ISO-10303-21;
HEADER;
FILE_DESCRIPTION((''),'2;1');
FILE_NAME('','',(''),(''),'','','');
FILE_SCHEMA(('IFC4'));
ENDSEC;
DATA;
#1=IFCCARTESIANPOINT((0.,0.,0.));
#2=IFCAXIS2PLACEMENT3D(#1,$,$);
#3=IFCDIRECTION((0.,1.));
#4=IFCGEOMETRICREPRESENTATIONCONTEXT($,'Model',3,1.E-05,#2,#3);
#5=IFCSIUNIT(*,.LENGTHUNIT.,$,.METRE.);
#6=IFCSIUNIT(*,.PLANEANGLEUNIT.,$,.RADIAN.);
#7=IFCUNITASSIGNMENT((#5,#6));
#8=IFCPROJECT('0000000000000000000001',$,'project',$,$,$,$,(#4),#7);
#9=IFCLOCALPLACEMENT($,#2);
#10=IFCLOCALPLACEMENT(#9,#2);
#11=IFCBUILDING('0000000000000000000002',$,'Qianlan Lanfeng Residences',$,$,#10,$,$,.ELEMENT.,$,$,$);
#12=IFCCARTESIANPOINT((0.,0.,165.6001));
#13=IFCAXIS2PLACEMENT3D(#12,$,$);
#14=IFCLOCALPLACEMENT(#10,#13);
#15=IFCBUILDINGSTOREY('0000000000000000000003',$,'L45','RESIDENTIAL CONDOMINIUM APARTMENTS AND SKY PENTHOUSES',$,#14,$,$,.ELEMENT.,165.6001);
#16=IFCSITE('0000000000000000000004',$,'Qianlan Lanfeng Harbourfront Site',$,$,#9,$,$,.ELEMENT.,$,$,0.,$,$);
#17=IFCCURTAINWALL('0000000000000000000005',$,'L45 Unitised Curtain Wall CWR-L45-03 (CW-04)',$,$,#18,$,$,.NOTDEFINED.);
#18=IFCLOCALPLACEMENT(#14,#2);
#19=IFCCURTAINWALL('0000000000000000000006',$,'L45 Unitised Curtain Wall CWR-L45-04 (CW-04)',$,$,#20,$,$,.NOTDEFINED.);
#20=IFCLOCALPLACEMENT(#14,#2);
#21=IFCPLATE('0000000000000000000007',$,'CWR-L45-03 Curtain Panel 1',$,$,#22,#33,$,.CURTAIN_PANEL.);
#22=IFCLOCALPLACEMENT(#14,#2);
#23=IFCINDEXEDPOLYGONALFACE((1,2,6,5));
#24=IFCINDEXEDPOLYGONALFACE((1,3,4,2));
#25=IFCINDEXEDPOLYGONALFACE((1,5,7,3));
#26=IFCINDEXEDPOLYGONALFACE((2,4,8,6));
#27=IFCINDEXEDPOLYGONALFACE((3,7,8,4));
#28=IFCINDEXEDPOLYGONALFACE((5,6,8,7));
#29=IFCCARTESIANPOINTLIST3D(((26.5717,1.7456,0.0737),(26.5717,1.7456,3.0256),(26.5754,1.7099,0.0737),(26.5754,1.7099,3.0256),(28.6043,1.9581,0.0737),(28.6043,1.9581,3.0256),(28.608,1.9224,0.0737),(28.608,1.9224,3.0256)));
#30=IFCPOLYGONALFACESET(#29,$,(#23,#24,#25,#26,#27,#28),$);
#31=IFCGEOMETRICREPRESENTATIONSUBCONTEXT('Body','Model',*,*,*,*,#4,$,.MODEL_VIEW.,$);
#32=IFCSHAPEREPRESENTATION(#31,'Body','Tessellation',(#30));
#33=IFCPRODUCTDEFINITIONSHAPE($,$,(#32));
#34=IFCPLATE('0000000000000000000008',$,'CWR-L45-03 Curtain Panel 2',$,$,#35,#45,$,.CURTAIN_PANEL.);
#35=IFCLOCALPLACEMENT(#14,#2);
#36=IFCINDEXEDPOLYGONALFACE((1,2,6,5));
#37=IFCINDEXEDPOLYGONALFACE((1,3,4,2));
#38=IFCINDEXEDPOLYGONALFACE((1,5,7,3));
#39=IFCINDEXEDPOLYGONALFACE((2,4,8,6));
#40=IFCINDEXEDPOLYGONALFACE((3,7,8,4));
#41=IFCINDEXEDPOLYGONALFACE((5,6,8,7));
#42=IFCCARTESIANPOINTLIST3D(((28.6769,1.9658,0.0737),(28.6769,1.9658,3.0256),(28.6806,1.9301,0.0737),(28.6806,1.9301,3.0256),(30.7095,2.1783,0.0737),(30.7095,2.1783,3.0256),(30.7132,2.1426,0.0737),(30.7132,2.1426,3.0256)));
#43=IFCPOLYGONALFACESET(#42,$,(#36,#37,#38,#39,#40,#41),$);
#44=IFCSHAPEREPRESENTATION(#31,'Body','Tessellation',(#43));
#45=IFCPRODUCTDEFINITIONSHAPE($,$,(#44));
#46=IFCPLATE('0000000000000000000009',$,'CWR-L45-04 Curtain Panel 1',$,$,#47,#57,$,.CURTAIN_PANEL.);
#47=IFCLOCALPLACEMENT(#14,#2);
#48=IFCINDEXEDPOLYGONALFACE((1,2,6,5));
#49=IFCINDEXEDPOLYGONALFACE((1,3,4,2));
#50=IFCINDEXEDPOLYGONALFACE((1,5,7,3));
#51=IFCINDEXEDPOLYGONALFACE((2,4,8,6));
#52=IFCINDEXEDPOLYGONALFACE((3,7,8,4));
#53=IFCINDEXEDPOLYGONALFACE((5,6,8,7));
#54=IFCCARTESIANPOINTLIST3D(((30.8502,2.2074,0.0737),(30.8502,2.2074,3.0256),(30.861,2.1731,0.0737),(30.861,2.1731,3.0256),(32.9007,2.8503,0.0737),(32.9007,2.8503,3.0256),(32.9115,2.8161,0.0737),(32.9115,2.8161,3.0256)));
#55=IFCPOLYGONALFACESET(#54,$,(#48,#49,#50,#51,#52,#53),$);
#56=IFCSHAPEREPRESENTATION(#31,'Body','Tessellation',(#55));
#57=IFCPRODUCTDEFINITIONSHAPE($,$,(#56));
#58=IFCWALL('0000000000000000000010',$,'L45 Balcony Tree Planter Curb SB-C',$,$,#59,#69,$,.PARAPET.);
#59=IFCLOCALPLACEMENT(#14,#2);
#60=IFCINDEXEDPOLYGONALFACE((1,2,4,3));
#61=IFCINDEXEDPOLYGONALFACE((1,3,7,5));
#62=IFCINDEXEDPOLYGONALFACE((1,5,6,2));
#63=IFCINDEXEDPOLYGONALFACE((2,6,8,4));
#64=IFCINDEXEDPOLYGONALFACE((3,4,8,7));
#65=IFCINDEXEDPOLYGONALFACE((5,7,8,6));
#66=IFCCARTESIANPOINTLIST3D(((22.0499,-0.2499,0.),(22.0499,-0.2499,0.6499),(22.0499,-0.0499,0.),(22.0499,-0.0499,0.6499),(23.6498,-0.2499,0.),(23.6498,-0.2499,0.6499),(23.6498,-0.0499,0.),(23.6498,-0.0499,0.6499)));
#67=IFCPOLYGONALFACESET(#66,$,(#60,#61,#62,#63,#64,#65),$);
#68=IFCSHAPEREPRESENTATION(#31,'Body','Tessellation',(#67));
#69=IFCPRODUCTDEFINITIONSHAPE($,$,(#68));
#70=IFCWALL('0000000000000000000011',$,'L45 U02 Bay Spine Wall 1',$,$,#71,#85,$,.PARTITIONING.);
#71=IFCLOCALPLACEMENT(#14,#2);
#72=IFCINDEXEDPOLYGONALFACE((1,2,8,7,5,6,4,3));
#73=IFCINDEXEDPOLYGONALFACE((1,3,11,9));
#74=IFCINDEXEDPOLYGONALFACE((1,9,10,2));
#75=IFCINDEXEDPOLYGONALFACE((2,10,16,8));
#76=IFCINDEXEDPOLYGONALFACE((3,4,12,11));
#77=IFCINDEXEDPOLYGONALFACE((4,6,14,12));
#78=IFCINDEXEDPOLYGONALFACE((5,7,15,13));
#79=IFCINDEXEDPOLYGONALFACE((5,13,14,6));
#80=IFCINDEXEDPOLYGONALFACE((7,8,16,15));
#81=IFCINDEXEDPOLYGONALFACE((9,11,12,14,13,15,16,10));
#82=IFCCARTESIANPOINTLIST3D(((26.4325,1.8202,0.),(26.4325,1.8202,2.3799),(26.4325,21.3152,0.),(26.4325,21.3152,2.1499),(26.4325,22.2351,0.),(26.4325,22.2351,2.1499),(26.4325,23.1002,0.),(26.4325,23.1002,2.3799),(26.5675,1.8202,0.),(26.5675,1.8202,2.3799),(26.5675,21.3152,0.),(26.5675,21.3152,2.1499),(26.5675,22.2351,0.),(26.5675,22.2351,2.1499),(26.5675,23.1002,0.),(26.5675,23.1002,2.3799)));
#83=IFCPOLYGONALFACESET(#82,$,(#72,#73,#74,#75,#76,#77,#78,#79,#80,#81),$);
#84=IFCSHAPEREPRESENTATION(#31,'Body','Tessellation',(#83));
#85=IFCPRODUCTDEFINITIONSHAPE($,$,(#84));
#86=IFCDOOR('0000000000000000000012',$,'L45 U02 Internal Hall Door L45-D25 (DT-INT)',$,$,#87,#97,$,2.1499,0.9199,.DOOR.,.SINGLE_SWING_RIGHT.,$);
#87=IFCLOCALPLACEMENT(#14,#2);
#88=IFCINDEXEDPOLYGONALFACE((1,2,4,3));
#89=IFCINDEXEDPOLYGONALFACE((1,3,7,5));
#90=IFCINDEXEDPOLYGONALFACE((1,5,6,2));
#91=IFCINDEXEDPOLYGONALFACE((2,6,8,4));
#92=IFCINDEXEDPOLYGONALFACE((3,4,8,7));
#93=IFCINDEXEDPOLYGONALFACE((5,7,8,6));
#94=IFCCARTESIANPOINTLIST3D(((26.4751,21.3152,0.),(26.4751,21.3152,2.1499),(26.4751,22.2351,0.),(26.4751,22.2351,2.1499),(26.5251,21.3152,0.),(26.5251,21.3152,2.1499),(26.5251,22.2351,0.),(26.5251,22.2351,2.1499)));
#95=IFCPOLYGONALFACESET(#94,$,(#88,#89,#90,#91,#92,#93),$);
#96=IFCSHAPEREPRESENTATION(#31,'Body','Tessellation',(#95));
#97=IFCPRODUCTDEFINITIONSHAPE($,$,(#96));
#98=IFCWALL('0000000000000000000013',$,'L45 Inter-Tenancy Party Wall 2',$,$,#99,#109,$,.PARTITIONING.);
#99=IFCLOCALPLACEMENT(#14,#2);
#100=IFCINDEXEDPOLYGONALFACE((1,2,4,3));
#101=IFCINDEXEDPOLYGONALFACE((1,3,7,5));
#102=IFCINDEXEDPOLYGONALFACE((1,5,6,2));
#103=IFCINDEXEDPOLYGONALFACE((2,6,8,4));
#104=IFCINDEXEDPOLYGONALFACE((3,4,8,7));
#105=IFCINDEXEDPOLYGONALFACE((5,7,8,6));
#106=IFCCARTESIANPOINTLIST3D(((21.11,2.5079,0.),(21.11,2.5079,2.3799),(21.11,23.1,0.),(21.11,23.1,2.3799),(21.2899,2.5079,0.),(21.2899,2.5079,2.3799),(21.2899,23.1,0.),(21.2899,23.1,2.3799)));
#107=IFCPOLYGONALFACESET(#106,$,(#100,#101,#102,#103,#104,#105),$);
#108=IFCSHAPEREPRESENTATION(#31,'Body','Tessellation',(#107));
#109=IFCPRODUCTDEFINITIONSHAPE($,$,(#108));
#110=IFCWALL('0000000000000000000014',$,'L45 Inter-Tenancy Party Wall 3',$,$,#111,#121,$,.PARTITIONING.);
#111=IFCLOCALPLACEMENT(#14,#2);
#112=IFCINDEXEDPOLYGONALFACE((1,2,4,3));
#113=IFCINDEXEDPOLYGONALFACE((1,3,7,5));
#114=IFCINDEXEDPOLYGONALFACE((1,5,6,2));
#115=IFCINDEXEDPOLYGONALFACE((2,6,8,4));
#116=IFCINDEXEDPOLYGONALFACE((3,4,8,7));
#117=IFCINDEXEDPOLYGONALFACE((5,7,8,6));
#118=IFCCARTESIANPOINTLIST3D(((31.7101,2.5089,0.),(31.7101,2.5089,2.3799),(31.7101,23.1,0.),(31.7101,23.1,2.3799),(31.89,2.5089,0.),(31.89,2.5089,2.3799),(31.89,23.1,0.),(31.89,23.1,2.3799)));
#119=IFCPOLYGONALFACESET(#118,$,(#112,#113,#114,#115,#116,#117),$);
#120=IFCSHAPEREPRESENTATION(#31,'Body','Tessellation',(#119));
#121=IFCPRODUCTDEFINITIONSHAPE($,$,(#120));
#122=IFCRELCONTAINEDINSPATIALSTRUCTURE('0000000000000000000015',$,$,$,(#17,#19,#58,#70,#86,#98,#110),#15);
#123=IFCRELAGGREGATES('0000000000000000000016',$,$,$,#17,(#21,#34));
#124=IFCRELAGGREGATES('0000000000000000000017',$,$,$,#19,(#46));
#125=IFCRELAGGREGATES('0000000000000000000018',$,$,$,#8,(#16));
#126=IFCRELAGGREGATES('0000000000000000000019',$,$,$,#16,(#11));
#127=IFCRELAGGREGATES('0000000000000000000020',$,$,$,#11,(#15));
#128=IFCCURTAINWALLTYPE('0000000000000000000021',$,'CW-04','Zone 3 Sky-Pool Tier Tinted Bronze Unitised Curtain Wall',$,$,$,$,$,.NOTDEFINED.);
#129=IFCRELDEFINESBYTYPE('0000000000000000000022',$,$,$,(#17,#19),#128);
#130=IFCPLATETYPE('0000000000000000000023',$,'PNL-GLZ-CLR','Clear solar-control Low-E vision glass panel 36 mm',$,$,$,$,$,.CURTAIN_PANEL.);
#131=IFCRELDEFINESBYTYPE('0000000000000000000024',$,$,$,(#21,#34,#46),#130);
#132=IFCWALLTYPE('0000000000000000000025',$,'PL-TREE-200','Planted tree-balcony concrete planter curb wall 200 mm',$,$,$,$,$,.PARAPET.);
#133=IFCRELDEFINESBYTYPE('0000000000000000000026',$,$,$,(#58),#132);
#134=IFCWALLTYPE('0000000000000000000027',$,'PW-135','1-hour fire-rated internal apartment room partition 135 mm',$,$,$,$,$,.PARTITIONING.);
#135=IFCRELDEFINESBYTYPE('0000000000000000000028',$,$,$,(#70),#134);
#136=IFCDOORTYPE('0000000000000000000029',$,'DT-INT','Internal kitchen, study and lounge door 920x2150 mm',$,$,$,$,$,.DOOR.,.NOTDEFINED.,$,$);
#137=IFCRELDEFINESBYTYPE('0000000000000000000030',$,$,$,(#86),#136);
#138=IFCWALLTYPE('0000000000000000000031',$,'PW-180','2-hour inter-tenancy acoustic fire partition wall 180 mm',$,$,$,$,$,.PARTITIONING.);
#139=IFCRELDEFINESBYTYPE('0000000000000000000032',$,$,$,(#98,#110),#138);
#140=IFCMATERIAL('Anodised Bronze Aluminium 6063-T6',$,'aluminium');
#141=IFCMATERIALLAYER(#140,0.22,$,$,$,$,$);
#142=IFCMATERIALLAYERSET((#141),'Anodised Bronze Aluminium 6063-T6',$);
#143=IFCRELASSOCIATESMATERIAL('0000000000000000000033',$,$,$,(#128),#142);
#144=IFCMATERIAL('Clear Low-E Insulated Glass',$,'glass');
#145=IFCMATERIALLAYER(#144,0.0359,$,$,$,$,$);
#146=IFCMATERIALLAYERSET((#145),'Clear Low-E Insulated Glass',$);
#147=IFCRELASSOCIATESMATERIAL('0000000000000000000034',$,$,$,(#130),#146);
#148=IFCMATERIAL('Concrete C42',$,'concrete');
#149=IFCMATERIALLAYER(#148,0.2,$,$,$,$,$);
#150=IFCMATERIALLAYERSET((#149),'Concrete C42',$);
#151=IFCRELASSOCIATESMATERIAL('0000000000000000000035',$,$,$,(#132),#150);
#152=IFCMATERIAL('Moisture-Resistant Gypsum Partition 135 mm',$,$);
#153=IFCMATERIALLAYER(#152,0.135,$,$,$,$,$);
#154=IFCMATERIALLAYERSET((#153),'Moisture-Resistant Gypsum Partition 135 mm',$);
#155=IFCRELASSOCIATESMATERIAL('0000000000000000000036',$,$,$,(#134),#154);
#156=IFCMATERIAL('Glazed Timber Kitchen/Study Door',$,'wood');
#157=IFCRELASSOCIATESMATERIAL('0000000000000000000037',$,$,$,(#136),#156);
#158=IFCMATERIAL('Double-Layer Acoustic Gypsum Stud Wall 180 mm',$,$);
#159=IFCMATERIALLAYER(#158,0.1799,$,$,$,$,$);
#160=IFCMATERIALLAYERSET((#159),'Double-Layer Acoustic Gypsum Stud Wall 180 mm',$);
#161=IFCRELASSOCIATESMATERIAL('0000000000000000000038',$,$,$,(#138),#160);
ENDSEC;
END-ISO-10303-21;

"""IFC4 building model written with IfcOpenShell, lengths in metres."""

from ifc_helpers import new_model, si_unit, direction, frame, frame_2d, origin, origin_2d, place, context, subcontext, project, spatial, rectangle, extrude, source, transform, mapped, material, layer, layer_set, type_object, element, fill, aggregate, save


model = new_model("IFC4")

# Units and contexts
model_context = context("Model", 3, precision=1e-05, world=origin(), true_north=direction((0.0, 1.0)))
body_context = subcontext(model_context, "Body", "Model", "MODEL_VIEW")
ifc_project = project(units=[si_unit("LENGTHUNIT", "METRE"), si_unit("PLANEANGLEUNIT", "RADIAN")], contexts=[model_context])

# Site, building, storey
site_placement = place(None, origin())
site = spatial("IfcSite", under=ifc_project, at=site_placement, Name="Qianlan Lanfeng Harbourfront Site", CompositionType="ELEMENT", RefElevation=0.0)
building_placement = place(site_placement, origin())
building = spatial("IfcBuilding", under=site, at=building_placement, Name="Qianlan Lanfeng Residences", CompositionType="ELEMENT")
storey_placement = place(building_placement, frame((0.0, 0.0, 165.6001)))
storey = spatial("IfcBuildingStorey", under=building, at=storey_placement, Name="L45", Description="RESIDENTIAL CONDOMINIUM APARTMENTS AND SKY PENTHOUSES", CompositionType="ELEMENT", Elevation=165.6001)

# Curtain walls
ifc_material_1 = material(Name="Anodised Bronze Aluminium 6063-T6", Category="aluminium")
ifc_layer_1 = layer(ifc_material_1, 0.22)
ifc_layer_set_1 = layer_set([ifc_layer_1], Name="Anodised Bronze Aluminium 6063-T6")
curtain_wall_type = type_object("IfcCurtainWallType", Name="CW-04", Description="Zone 3 Sky-Pool Tier Tinted Bronze Unitised Curtain Wall", PredefinedType="NOTDEFINED", material=ifc_layer_set_1)
curtain_wall_1_placement = place(storey_placement, origin())
curtain_wall_1 = element("IfcCurtainWall", 1, at=curtain_wall_1_placement, inside=storey, type_object=curtain_wall_type, Name="L45 Unitised Curtain Wall CWR-L45-03 (CW-04)", PredefinedType="NOTDEFINED")
curtain_wall_2_placement = place(storey_placement, origin())
curtain_wall_2 = element("IfcCurtainWall", 2, at=curtain_wall_2_placement, inside=storey, type_object=curtain_wall_type, Name="L45 Unitised Curtain Wall CWR-L45-04 (CW-04)", PredefinedType="NOTDEFINED")

# Plates
ifc_material_2 = material(Name="Clear Low-E Insulated Glass", Category="glass")
ifc_layer_2 = layer(ifc_material_2, 0.0359)
ifc_layer_set_2 = layer_set([ifc_layer_2], Name="Clear Low-E Insulated Glass")
plate_type = type_object("IfcPlateType", Name="PNL-GLZ-CLR", Description="Clear solar-control Low-E vision glass panel 36 mm", PredefinedType="CURTAIN_PANEL", material=ifc_layer_set_2)
shared_shape_1 = source(origin(), body_context, "Body", "SweptSolid", [
    extrude(rectangle(XDim=2.0437, YDim=0.0359, at=origin_2d()), origin(), (0.0, 0.0, 1.0), 2.9519),
])
plate_1_placement = place(storey_placement, frame((27.5898, 1.834, 0.0737), z_axis=(0.0, 0.0, 1.0), x_axis=(0.994579, 0.103983, 0.0)))
plate_1 = element("IfcPlate", 3, at=plate_1_placement, type_object=plate_type, Name="CWR-L45-03 Curtain Panel 1", PredefinedType="CURTAIN_PANEL", context=body_context, shape_type="MappedRepresentation", body=[
    mapped(shared_shape_1, transform((0.0, 0.0, 0.0), scale=1.0)),
])
plate_2_placement = place(storey_placement, frame((29.6951, 2.0542, 0.0737), z_axis=(0.0, 0.0, 1.0), x_axis=(0.994579, 0.103983, 0.0)))
plate_2 = element("IfcPlate", 4, at=plate_2_placement, type_object=plate_type, Name="CWR-L45-03 Curtain Panel 2", PredefinedType="CURTAIN_PANEL", context=body_context, shape_type="MappedRepresentation", body=[
    mapped(shared_shape_1, transform((0.0, 0.0, 0.0), scale=1.0)),
])
aggregate(curtain_wall_1, [plate_1, plate_2])
shared_shape_2 = source(origin(), body_context, "Body", "SweptSolid", [
    extrude(rectangle(XDim=2.1489, YDim=0.0359, at=origin_2d()), origin(), (0.0, 0.0, 1.0), 2.9519),
])
plate_3_placement = place(storey_placement, frame((31.8809, 2.5117, 0.0737), z_axis=(0.0, 0.0, 1.0), x_axis=(0.954196, 0.299182, 0.0)))
plate_3 = element("IfcPlate", 5, at=plate_3_placement, type_object=plate_type, Name="CWR-L45-04 Curtain Panel 1", PredefinedType="CURTAIN_PANEL", context=body_context, shape_type="MappedRepresentation", body=[
    mapped(shared_shape_2, transform((0.0, 0.0, 0.0), scale=1.0)),
])
aggregate(curtain_wall_2, [plate_3])

# Wall
ifc_material_3 = material(Name="Concrete C42", Category="concrete")
ifc_layer_3 = layer(ifc_material_3, 0.2)
ifc_layer_set_3 = layer_set([ifc_layer_3], Name="Concrete C42")
wall_type_1 = type_object("IfcWallType", Name="PL-TREE-200", Description="Planted tree-balcony concrete planter curb wall 200 mm", PredefinedType="PARAPET", material=ifc_layer_set_3)
wall_1_placement = place(storey_placement, frame((22.05, -0.1499, 0.0), z_axis=(0.0, 0.0, 1.0), x_axis=(1.0, 0.0, 0.0)))
element("IfcWall", 6, at=wall_1_placement, inside=storey, type_object=wall_type_1, Name="L45 Balcony Tree Planter Curb SB-C", PredefinedType="PARAPET", context=body_context, shape_type="SweptSolid", body=[
    extrude(rectangle(XDim=1.5999, YDim=0.2, at=frame_2d((0.7998, 0.0))), origin(), (0.0, 0.0, 1.0), 0.6499),
])

# Wall, opening, door
ifc_material_4 = material(Name="Moisture-Resistant Gypsum Partition 135 mm")
ifc_layer_4 = layer(ifc_material_4, 0.135)
ifc_layer_set_4 = layer_set([ifc_layer_4], Name="Moisture-Resistant Gypsum Partition 135 mm")
wall_type_2 = type_object("IfcWallType", Name="PW-135", Description="1-hour fire-rated internal apartment room partition 135 mm", PredefinedType="PARTITIONING", material=ifc_layer_set_4)
wall_2_placement = place(storey_placement, frame((26.5, 1.8201, 0.0), z_axis=(0.0, 0.0, 1.0), x_axis=(0.0, 1.0, 0.0)))
wall_2 = element("IfcWall", 7, at=wall_2_placement, inside=storey, type_object=wall_type_2, Name="L45 U02 Bay Spine Wall 1", PredefinedType="PARTITIONING", context=body_context, shape_type="SweptSolid", body=[
    extrude(rectangle(XDim=21.28, YDim=0.135, at=frame_2d((10.6401, 0.0))), origin(), (0.0, 0.0, 1.0), 2.3799),
])
opening_placement = place(wall_2_placement, frame((19.4951, 0.0, 0.0)))
opening = element("IfcOpeningElement", 8, at=opening_placement, cuts=wall_2, PredefinedType="OPENING", context=body_context, shape_type="SweptSolid", body=[
    extrude(rectangle(XDim=0.9199, YDim=2.1499, at=frame_2d((0.46, 1.075))), frame((0.0, 0.0776, 0.0), z_axis=(0.0, -1.0, 0.0), x_axis=(1.0, 0.0, 0.0)), (0.0, 0.0, 1.0), 0.155),
])
ifc_material_5 = material(Name="Glazed Timber Kitchen/Study Door", Category="wood")
door_type = type_object("IfcDoorType", Name="DT-INT", Description="Internal kitchen, study and lounge door 920x2150 mm", OperationType="NOTDEFINED", PredefinedType="DOOR", material=ifc_material_5)
door_placement = place(opening_placement, origin())
door = element("IfcDoor", 9, at=door_placement, inside=storey, type_object=door_type, Name="L45 U02 Internal Hall Door L45-D25 (DT-INT)", OperationType="SINGLE_SWING_RIGHT", OverallHeight=2.1499, OverallWidth=0.9199, PredefinedType="DOOR", context=body_context, shape_type="SweptSolid", body=[
    extrude(rectangle(XDim=0.9199, YDim=2.1499, at=frame_2d((0.46, 1.075))), frame((0.0, 0.0249, 0.0), z_axis=(0.0, -1.0, 0.0), x_axis=(1.0, 0.0, 0.0)), (0.0, 0.0, 1.0), 0.05),
])
fill(opening, door)

# Walls
ifc_material_6 = material(Name="Double-Layer Acoustic Gypsum Stud Wall 180 mm")
ifc_layer_5 = layer(ifc_material_6, 0.1799)
ifc_layer_set_5 = layer_set([ifc_layer_5], Name="Double-Layer Acoustic Gypsum Stud Wall 180 mm")
wall_type_3 = type_object("IfcWallType", Name="PW-180", Description="2-hour inter-tenancy acoustic fire partition wall 180 mm", PredefinedType="PARTITIONING", material=ifc_layer_set_5)
wall_3_placement = place(storey_placement, frame((21.2, 2.5081, 0.0), z_axis=(0.0, 0.0, 1.0), x_axis=(0.0, 1.0, 0.0)))
element("IfcWall", 10, at=wall_3_placement, inside=storey, type_object=wall_type_3, Name="L45 Inter-Tenancy Party Wall 2", PredefinedType="PARTITIONING", context=body_context, shape_type="SweptSolid", body=[
    extrude(rectangle(XDim=20.592, YDim=0.1799, at=frame_2d((10.2959, 0.0))), origin(), (0.0, 0.0, 1.0), 2.3799),
])
wall_4_placement = place(storey_placement, frame((31.8, 2.509, 0.0), z_axis=(0.0, 0.0, 1.0), x_axis=(0.0, 1.0, 0.0)))
element("IfcWall", 11, at=wall_4_placement, inside=storey, type_object=wall_type_3, Name="L45 Inter-Tenancy Party Wall 3", PredefinedType="PARTITIONING", context=body_context, shape_type="SweptSolid", body=[
    extrude(rectangle(XDim=20.5911, YDim=0.1799, at=frame_2d((10.2954, 0.0))), origin(), (0.0, 0.0, 1.0), 2.3799),
])

save(model, "model.ifc")
